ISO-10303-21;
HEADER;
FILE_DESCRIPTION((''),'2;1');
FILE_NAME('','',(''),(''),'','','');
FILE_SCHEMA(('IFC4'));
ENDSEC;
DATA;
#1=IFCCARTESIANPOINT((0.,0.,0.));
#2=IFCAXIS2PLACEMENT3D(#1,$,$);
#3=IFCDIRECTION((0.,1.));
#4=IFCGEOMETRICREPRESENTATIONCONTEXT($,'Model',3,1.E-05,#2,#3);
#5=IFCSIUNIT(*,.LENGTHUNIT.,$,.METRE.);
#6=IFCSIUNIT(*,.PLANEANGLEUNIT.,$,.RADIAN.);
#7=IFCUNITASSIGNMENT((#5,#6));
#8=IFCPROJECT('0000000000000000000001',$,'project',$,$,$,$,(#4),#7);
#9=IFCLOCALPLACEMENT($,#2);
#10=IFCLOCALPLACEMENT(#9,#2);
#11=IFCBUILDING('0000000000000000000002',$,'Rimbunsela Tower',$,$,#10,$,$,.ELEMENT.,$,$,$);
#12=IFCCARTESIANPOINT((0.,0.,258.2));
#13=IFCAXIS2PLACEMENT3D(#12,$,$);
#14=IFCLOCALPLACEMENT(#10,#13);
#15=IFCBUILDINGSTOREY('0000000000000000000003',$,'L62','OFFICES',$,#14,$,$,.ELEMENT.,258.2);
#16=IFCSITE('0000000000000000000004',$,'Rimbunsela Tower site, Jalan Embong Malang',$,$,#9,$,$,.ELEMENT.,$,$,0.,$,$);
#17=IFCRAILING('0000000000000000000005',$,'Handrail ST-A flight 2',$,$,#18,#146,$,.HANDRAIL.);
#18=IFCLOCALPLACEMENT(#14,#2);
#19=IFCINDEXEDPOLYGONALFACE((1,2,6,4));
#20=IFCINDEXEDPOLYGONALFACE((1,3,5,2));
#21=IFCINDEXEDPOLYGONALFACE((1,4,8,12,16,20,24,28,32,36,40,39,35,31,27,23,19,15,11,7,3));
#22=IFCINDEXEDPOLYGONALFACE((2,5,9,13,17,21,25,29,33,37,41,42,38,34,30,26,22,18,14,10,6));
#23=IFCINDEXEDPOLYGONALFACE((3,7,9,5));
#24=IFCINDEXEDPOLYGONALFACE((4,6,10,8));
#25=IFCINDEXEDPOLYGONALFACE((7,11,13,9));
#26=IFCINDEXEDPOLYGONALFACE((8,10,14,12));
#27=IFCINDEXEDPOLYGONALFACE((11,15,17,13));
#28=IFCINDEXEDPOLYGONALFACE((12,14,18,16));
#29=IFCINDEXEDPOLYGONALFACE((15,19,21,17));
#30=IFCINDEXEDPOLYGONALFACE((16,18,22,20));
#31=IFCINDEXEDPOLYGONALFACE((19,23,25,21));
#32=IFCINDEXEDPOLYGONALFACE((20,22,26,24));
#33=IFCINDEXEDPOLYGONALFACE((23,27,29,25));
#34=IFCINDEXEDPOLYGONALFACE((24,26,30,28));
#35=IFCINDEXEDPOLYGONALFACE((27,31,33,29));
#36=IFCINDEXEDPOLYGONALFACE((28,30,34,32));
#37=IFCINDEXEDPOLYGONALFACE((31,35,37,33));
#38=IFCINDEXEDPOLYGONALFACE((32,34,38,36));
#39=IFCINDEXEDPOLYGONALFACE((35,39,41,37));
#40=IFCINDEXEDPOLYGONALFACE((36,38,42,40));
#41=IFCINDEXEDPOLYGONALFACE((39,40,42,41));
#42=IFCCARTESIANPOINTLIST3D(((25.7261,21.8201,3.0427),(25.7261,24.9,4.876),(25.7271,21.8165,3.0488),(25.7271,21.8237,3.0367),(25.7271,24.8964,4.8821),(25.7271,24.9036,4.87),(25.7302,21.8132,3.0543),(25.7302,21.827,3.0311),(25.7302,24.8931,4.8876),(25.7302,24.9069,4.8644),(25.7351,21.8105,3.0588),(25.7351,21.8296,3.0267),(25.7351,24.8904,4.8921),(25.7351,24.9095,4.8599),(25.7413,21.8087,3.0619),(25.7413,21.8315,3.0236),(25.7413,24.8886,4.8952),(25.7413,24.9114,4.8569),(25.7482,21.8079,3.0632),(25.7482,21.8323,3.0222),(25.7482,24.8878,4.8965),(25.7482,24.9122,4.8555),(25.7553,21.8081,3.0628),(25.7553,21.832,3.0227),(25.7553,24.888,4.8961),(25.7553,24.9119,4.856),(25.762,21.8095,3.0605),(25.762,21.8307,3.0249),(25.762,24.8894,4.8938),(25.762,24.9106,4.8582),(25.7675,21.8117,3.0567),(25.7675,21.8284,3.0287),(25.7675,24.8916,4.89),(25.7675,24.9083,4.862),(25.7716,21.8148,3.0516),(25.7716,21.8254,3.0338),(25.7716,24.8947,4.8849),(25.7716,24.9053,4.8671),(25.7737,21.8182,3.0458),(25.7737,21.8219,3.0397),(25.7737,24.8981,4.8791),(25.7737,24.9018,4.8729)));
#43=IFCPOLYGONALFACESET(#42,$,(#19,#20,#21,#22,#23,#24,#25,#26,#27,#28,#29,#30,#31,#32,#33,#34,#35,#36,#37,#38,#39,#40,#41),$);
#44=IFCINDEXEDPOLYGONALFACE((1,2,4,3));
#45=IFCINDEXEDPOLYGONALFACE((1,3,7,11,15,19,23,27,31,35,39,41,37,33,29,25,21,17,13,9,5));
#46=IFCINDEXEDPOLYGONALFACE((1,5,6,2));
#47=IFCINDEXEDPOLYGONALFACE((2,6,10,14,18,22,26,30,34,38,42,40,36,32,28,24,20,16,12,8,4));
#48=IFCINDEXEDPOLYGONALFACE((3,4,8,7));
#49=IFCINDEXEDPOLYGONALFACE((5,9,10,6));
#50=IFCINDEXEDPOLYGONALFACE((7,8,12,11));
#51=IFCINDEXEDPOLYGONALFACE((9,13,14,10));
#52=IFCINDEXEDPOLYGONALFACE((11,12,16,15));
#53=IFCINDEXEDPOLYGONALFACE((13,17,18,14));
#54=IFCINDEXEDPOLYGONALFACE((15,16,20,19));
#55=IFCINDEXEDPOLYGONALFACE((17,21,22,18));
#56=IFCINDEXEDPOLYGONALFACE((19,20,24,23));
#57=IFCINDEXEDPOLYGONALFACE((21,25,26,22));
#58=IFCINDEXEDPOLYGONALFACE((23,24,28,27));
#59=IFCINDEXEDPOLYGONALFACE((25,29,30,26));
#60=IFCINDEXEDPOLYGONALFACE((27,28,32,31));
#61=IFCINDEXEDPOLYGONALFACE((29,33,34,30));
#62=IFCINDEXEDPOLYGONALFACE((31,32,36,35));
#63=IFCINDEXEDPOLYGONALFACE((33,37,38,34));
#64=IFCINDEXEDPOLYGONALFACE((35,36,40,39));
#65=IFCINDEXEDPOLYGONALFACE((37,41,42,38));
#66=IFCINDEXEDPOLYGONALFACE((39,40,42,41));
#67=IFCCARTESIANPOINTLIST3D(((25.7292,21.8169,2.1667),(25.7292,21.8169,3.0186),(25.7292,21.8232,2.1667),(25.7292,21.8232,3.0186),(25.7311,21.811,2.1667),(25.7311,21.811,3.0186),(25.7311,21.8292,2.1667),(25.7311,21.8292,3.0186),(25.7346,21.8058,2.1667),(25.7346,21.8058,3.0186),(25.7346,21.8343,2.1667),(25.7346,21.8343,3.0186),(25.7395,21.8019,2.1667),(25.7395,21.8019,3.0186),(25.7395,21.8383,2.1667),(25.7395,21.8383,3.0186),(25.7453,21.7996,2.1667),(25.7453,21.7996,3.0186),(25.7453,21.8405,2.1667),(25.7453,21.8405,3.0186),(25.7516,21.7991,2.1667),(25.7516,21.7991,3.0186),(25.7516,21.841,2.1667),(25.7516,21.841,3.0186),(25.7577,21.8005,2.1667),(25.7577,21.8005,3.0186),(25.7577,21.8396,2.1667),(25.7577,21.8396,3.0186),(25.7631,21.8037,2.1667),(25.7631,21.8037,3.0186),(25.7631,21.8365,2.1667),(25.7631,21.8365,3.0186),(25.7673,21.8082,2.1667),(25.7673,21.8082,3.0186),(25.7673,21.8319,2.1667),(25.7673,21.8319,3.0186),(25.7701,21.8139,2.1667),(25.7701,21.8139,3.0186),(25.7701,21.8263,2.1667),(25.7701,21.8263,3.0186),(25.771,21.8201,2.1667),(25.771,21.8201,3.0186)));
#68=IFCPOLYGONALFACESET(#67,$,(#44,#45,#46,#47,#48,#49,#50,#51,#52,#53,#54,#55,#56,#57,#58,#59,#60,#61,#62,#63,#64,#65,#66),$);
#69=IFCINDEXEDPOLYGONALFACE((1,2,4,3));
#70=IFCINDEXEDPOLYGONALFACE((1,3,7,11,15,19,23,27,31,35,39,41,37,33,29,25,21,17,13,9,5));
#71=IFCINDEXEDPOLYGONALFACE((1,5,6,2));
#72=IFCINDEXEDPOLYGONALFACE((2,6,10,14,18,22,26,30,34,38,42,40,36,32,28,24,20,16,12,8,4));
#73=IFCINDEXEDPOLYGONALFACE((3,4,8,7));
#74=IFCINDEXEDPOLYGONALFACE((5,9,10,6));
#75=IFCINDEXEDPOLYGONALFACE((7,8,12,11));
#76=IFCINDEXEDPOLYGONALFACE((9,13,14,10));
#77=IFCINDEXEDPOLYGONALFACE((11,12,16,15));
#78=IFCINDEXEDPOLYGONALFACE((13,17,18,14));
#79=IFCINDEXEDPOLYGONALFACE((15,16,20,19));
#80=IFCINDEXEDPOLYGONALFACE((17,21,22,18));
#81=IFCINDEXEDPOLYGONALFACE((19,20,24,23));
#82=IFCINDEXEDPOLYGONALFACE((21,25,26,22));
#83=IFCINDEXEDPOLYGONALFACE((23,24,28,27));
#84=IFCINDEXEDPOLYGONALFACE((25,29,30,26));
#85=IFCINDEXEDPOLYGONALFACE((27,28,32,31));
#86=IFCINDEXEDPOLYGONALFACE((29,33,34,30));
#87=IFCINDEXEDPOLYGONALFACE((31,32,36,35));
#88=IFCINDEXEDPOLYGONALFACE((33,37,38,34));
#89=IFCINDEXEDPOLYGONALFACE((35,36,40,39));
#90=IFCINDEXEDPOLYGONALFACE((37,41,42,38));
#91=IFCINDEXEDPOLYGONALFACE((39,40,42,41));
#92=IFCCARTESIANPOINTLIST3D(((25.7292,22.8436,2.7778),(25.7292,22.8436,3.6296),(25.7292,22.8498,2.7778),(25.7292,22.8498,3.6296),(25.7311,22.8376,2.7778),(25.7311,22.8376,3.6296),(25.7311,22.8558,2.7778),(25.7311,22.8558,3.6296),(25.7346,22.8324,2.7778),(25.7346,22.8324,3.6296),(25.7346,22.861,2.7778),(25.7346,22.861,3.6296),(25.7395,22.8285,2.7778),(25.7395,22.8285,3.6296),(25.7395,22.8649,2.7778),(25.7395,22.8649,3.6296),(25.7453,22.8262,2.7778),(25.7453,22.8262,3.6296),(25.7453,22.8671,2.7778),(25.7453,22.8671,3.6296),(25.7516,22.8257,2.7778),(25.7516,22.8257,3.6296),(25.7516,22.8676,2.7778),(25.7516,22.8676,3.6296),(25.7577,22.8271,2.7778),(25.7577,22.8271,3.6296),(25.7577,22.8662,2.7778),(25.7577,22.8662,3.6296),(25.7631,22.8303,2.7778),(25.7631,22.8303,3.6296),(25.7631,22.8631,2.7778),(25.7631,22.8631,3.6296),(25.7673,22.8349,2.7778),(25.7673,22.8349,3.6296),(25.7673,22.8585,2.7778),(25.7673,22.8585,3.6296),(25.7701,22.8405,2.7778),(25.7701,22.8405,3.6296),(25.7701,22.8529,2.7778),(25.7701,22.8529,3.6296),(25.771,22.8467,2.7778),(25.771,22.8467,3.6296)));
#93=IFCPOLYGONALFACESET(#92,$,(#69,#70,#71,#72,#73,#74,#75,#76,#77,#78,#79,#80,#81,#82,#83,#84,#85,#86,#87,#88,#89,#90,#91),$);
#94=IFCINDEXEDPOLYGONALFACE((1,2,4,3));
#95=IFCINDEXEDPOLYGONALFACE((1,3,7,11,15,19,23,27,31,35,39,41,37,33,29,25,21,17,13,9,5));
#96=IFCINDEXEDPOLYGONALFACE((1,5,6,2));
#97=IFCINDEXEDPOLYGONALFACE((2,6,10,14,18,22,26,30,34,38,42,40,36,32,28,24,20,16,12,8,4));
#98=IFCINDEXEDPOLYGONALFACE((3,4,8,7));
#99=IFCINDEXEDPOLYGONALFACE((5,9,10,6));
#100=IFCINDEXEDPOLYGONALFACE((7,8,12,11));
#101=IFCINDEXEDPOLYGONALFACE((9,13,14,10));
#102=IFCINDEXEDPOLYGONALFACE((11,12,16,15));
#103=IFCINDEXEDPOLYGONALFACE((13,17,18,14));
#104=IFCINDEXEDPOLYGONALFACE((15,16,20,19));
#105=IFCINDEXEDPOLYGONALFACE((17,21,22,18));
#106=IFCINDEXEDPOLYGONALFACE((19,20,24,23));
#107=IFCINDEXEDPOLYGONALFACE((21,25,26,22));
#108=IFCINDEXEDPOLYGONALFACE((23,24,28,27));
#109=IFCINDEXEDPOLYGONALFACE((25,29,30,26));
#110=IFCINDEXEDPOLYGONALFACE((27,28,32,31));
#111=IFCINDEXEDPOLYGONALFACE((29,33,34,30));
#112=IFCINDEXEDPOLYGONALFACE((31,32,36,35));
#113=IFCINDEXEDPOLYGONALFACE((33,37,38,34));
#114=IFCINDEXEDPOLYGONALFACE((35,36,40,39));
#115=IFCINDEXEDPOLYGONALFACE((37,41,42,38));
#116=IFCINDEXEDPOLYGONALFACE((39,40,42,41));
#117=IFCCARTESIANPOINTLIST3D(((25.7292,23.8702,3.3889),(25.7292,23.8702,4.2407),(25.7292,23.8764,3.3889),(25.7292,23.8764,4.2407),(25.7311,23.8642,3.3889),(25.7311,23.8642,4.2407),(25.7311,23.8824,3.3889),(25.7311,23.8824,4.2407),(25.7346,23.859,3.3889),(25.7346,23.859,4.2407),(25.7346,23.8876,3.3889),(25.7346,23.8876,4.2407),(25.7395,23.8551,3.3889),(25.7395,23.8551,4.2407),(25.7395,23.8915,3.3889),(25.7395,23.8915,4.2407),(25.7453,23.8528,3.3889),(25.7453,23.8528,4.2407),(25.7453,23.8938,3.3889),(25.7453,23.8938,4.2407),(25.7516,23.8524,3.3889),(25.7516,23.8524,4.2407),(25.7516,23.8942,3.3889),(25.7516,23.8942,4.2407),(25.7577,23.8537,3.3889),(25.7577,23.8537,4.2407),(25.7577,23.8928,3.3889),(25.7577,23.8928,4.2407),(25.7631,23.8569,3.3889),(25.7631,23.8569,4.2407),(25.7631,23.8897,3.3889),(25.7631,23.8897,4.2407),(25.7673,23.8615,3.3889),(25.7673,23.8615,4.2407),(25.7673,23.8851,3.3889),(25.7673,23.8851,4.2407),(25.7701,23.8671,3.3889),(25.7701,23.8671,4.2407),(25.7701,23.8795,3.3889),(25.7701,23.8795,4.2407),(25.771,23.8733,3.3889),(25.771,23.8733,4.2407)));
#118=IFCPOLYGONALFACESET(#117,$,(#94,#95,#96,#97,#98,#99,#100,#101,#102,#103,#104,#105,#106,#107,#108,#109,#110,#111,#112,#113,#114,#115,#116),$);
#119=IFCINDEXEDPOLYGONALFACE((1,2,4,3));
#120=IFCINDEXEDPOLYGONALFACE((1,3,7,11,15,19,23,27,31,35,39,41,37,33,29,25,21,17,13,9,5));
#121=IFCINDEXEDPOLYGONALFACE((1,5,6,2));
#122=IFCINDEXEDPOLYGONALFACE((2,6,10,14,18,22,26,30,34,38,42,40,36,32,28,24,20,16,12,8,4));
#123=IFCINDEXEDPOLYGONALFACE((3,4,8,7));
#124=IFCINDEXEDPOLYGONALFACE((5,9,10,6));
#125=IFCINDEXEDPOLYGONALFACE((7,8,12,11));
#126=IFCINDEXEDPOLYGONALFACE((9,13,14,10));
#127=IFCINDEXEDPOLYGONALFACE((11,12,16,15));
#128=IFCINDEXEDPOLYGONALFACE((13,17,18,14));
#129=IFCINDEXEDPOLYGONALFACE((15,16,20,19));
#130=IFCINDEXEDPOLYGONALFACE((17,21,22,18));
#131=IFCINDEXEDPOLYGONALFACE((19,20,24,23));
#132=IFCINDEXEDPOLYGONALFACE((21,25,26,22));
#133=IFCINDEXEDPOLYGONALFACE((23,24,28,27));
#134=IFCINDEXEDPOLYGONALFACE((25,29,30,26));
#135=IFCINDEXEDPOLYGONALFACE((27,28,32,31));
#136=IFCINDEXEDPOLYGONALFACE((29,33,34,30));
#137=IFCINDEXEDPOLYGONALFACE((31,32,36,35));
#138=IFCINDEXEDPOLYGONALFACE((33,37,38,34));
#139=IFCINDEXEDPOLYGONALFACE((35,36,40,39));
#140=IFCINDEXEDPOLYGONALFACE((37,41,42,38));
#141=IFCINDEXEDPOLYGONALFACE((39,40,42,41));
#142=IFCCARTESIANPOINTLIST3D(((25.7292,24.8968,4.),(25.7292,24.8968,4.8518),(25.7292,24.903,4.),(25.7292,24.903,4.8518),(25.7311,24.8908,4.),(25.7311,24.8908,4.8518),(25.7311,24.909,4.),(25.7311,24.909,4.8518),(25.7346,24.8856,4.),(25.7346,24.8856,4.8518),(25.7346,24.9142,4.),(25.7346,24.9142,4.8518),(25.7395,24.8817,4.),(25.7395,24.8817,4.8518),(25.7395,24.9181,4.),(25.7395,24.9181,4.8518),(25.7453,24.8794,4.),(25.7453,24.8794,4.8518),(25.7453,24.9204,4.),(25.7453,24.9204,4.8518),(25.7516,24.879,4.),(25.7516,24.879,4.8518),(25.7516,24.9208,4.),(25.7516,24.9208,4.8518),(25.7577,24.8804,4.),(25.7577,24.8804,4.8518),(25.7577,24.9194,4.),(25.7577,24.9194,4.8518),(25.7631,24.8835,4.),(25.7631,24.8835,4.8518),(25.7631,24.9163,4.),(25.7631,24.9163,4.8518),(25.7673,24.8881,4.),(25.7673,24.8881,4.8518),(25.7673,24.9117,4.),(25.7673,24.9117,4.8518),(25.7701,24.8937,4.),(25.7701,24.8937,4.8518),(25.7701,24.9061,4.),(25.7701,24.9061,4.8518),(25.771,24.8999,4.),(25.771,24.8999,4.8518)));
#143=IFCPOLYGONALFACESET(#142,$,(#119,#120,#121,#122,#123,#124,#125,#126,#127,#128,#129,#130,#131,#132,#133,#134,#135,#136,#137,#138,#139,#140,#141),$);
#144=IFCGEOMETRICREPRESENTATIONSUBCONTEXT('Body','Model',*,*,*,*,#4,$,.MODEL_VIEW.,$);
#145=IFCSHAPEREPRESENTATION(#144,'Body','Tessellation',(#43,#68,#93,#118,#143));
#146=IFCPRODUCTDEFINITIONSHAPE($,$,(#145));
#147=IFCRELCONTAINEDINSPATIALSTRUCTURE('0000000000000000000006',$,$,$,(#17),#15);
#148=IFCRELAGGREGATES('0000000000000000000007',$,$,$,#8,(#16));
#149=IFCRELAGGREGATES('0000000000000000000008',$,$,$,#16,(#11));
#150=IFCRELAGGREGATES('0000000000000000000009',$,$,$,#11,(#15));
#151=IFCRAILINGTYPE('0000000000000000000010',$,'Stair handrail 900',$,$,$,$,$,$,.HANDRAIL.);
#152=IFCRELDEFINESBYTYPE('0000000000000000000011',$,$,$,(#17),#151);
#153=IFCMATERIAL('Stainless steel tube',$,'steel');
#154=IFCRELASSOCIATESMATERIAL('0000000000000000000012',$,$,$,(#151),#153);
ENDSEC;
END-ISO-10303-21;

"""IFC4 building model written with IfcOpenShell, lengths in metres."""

from ifc_helpers import new_model, si_unit, direction, frame, origin, origin_2d, place, context, subcontext, project, spatial, circle, extrude, material, type_object, element, save


model = new_model("IFC4")

# Units and contexts
model_context = context("Model", 3, precision=1e-05, world=origin(), true_north=direction((0.0, 1.0)))
body_context = subcontext(model_context, "Body", "Model", "MODEL_VIEW")
ifc_project = project(units=[si_unit("LENGTHUNIT", "METRE"), si_unit("PLANEANGLEUNIT", "RADIAN")], contexts=[model_context])

# Site, building, storey
site_placement = place(None, origin())
site = spatial("IfcSite", under=ifc_project, at=site_placement, Name="Rimbunsela Tower site, Jalan Embong Malang", CompositionType="ELEMENT", RefElevation=0.0)
building_placement = place(site_placement, origin())
building = spatial("IfcBuilding", under=site, at=building_placement, Name="Rimbunsela Tower", CompositionType="ELEMENT")
storey_placement = place(building_placement, frame((0.0, 0.0, 258.2)))
storey = spatial("IfcBuildingStorey", under=building, at=storey_placement, Name="L62", Description="OFFICES", CompositionType="ELEMENT", Elevation=258.2)

# Railing
ifc_material_1 = material(Name="Stainless steel tube", Category="steel")
railing_type = type_object("IfcRailingType", Name="Stair handrail 900", PredefinedType="HANDRAIL", material=ifc_material_1)
for number, where, name in (
    (1, (25.75, 21.8201, 2.1667), "Handrail ST-A flight 2"),
):
    element("IfcRailing", number, at=place(storey_placement, frame(where)), inside=storey, type_object=railing_type, Name=name, PredefinedType="HANDRAIL", context=body_context, shape_type="SweptSolid", body=[
        extrude(circle(Radius=0.0239, at=origin_2d()), frame((0.0, 0.0, 0.876), z_axis=(0.0, 0.859291, 0.511487), x_axis=(-1.0, 0.0, 0.0)), (0.0, 0.0, 1.0), 3.5842),
        extrude(circle(Radius=0.021, at=origin_2d()), origin(), (0.0, 0.0, 1.0), 0.8518),
        extrude(circle(Radius=0.021, at=origin_2d()), frame((0.0, 1.0266, 0.6111)), (0.0, 0.0, 1.0), 0.8518),
        extrude(circle(Radius=0.021, at=origin_2d()), frame((0.0, 2.0532, 1.2222)), (0.0, 0.0, 1.0), 0.8518),
        extrude(circle(Radius=0.021, at=origin_2d()), frame((0.0, 3.0798, 1.8333)), (0.0, 0.0, 1.0), 0.8518),
    ])

save(model, "model.ifc")
